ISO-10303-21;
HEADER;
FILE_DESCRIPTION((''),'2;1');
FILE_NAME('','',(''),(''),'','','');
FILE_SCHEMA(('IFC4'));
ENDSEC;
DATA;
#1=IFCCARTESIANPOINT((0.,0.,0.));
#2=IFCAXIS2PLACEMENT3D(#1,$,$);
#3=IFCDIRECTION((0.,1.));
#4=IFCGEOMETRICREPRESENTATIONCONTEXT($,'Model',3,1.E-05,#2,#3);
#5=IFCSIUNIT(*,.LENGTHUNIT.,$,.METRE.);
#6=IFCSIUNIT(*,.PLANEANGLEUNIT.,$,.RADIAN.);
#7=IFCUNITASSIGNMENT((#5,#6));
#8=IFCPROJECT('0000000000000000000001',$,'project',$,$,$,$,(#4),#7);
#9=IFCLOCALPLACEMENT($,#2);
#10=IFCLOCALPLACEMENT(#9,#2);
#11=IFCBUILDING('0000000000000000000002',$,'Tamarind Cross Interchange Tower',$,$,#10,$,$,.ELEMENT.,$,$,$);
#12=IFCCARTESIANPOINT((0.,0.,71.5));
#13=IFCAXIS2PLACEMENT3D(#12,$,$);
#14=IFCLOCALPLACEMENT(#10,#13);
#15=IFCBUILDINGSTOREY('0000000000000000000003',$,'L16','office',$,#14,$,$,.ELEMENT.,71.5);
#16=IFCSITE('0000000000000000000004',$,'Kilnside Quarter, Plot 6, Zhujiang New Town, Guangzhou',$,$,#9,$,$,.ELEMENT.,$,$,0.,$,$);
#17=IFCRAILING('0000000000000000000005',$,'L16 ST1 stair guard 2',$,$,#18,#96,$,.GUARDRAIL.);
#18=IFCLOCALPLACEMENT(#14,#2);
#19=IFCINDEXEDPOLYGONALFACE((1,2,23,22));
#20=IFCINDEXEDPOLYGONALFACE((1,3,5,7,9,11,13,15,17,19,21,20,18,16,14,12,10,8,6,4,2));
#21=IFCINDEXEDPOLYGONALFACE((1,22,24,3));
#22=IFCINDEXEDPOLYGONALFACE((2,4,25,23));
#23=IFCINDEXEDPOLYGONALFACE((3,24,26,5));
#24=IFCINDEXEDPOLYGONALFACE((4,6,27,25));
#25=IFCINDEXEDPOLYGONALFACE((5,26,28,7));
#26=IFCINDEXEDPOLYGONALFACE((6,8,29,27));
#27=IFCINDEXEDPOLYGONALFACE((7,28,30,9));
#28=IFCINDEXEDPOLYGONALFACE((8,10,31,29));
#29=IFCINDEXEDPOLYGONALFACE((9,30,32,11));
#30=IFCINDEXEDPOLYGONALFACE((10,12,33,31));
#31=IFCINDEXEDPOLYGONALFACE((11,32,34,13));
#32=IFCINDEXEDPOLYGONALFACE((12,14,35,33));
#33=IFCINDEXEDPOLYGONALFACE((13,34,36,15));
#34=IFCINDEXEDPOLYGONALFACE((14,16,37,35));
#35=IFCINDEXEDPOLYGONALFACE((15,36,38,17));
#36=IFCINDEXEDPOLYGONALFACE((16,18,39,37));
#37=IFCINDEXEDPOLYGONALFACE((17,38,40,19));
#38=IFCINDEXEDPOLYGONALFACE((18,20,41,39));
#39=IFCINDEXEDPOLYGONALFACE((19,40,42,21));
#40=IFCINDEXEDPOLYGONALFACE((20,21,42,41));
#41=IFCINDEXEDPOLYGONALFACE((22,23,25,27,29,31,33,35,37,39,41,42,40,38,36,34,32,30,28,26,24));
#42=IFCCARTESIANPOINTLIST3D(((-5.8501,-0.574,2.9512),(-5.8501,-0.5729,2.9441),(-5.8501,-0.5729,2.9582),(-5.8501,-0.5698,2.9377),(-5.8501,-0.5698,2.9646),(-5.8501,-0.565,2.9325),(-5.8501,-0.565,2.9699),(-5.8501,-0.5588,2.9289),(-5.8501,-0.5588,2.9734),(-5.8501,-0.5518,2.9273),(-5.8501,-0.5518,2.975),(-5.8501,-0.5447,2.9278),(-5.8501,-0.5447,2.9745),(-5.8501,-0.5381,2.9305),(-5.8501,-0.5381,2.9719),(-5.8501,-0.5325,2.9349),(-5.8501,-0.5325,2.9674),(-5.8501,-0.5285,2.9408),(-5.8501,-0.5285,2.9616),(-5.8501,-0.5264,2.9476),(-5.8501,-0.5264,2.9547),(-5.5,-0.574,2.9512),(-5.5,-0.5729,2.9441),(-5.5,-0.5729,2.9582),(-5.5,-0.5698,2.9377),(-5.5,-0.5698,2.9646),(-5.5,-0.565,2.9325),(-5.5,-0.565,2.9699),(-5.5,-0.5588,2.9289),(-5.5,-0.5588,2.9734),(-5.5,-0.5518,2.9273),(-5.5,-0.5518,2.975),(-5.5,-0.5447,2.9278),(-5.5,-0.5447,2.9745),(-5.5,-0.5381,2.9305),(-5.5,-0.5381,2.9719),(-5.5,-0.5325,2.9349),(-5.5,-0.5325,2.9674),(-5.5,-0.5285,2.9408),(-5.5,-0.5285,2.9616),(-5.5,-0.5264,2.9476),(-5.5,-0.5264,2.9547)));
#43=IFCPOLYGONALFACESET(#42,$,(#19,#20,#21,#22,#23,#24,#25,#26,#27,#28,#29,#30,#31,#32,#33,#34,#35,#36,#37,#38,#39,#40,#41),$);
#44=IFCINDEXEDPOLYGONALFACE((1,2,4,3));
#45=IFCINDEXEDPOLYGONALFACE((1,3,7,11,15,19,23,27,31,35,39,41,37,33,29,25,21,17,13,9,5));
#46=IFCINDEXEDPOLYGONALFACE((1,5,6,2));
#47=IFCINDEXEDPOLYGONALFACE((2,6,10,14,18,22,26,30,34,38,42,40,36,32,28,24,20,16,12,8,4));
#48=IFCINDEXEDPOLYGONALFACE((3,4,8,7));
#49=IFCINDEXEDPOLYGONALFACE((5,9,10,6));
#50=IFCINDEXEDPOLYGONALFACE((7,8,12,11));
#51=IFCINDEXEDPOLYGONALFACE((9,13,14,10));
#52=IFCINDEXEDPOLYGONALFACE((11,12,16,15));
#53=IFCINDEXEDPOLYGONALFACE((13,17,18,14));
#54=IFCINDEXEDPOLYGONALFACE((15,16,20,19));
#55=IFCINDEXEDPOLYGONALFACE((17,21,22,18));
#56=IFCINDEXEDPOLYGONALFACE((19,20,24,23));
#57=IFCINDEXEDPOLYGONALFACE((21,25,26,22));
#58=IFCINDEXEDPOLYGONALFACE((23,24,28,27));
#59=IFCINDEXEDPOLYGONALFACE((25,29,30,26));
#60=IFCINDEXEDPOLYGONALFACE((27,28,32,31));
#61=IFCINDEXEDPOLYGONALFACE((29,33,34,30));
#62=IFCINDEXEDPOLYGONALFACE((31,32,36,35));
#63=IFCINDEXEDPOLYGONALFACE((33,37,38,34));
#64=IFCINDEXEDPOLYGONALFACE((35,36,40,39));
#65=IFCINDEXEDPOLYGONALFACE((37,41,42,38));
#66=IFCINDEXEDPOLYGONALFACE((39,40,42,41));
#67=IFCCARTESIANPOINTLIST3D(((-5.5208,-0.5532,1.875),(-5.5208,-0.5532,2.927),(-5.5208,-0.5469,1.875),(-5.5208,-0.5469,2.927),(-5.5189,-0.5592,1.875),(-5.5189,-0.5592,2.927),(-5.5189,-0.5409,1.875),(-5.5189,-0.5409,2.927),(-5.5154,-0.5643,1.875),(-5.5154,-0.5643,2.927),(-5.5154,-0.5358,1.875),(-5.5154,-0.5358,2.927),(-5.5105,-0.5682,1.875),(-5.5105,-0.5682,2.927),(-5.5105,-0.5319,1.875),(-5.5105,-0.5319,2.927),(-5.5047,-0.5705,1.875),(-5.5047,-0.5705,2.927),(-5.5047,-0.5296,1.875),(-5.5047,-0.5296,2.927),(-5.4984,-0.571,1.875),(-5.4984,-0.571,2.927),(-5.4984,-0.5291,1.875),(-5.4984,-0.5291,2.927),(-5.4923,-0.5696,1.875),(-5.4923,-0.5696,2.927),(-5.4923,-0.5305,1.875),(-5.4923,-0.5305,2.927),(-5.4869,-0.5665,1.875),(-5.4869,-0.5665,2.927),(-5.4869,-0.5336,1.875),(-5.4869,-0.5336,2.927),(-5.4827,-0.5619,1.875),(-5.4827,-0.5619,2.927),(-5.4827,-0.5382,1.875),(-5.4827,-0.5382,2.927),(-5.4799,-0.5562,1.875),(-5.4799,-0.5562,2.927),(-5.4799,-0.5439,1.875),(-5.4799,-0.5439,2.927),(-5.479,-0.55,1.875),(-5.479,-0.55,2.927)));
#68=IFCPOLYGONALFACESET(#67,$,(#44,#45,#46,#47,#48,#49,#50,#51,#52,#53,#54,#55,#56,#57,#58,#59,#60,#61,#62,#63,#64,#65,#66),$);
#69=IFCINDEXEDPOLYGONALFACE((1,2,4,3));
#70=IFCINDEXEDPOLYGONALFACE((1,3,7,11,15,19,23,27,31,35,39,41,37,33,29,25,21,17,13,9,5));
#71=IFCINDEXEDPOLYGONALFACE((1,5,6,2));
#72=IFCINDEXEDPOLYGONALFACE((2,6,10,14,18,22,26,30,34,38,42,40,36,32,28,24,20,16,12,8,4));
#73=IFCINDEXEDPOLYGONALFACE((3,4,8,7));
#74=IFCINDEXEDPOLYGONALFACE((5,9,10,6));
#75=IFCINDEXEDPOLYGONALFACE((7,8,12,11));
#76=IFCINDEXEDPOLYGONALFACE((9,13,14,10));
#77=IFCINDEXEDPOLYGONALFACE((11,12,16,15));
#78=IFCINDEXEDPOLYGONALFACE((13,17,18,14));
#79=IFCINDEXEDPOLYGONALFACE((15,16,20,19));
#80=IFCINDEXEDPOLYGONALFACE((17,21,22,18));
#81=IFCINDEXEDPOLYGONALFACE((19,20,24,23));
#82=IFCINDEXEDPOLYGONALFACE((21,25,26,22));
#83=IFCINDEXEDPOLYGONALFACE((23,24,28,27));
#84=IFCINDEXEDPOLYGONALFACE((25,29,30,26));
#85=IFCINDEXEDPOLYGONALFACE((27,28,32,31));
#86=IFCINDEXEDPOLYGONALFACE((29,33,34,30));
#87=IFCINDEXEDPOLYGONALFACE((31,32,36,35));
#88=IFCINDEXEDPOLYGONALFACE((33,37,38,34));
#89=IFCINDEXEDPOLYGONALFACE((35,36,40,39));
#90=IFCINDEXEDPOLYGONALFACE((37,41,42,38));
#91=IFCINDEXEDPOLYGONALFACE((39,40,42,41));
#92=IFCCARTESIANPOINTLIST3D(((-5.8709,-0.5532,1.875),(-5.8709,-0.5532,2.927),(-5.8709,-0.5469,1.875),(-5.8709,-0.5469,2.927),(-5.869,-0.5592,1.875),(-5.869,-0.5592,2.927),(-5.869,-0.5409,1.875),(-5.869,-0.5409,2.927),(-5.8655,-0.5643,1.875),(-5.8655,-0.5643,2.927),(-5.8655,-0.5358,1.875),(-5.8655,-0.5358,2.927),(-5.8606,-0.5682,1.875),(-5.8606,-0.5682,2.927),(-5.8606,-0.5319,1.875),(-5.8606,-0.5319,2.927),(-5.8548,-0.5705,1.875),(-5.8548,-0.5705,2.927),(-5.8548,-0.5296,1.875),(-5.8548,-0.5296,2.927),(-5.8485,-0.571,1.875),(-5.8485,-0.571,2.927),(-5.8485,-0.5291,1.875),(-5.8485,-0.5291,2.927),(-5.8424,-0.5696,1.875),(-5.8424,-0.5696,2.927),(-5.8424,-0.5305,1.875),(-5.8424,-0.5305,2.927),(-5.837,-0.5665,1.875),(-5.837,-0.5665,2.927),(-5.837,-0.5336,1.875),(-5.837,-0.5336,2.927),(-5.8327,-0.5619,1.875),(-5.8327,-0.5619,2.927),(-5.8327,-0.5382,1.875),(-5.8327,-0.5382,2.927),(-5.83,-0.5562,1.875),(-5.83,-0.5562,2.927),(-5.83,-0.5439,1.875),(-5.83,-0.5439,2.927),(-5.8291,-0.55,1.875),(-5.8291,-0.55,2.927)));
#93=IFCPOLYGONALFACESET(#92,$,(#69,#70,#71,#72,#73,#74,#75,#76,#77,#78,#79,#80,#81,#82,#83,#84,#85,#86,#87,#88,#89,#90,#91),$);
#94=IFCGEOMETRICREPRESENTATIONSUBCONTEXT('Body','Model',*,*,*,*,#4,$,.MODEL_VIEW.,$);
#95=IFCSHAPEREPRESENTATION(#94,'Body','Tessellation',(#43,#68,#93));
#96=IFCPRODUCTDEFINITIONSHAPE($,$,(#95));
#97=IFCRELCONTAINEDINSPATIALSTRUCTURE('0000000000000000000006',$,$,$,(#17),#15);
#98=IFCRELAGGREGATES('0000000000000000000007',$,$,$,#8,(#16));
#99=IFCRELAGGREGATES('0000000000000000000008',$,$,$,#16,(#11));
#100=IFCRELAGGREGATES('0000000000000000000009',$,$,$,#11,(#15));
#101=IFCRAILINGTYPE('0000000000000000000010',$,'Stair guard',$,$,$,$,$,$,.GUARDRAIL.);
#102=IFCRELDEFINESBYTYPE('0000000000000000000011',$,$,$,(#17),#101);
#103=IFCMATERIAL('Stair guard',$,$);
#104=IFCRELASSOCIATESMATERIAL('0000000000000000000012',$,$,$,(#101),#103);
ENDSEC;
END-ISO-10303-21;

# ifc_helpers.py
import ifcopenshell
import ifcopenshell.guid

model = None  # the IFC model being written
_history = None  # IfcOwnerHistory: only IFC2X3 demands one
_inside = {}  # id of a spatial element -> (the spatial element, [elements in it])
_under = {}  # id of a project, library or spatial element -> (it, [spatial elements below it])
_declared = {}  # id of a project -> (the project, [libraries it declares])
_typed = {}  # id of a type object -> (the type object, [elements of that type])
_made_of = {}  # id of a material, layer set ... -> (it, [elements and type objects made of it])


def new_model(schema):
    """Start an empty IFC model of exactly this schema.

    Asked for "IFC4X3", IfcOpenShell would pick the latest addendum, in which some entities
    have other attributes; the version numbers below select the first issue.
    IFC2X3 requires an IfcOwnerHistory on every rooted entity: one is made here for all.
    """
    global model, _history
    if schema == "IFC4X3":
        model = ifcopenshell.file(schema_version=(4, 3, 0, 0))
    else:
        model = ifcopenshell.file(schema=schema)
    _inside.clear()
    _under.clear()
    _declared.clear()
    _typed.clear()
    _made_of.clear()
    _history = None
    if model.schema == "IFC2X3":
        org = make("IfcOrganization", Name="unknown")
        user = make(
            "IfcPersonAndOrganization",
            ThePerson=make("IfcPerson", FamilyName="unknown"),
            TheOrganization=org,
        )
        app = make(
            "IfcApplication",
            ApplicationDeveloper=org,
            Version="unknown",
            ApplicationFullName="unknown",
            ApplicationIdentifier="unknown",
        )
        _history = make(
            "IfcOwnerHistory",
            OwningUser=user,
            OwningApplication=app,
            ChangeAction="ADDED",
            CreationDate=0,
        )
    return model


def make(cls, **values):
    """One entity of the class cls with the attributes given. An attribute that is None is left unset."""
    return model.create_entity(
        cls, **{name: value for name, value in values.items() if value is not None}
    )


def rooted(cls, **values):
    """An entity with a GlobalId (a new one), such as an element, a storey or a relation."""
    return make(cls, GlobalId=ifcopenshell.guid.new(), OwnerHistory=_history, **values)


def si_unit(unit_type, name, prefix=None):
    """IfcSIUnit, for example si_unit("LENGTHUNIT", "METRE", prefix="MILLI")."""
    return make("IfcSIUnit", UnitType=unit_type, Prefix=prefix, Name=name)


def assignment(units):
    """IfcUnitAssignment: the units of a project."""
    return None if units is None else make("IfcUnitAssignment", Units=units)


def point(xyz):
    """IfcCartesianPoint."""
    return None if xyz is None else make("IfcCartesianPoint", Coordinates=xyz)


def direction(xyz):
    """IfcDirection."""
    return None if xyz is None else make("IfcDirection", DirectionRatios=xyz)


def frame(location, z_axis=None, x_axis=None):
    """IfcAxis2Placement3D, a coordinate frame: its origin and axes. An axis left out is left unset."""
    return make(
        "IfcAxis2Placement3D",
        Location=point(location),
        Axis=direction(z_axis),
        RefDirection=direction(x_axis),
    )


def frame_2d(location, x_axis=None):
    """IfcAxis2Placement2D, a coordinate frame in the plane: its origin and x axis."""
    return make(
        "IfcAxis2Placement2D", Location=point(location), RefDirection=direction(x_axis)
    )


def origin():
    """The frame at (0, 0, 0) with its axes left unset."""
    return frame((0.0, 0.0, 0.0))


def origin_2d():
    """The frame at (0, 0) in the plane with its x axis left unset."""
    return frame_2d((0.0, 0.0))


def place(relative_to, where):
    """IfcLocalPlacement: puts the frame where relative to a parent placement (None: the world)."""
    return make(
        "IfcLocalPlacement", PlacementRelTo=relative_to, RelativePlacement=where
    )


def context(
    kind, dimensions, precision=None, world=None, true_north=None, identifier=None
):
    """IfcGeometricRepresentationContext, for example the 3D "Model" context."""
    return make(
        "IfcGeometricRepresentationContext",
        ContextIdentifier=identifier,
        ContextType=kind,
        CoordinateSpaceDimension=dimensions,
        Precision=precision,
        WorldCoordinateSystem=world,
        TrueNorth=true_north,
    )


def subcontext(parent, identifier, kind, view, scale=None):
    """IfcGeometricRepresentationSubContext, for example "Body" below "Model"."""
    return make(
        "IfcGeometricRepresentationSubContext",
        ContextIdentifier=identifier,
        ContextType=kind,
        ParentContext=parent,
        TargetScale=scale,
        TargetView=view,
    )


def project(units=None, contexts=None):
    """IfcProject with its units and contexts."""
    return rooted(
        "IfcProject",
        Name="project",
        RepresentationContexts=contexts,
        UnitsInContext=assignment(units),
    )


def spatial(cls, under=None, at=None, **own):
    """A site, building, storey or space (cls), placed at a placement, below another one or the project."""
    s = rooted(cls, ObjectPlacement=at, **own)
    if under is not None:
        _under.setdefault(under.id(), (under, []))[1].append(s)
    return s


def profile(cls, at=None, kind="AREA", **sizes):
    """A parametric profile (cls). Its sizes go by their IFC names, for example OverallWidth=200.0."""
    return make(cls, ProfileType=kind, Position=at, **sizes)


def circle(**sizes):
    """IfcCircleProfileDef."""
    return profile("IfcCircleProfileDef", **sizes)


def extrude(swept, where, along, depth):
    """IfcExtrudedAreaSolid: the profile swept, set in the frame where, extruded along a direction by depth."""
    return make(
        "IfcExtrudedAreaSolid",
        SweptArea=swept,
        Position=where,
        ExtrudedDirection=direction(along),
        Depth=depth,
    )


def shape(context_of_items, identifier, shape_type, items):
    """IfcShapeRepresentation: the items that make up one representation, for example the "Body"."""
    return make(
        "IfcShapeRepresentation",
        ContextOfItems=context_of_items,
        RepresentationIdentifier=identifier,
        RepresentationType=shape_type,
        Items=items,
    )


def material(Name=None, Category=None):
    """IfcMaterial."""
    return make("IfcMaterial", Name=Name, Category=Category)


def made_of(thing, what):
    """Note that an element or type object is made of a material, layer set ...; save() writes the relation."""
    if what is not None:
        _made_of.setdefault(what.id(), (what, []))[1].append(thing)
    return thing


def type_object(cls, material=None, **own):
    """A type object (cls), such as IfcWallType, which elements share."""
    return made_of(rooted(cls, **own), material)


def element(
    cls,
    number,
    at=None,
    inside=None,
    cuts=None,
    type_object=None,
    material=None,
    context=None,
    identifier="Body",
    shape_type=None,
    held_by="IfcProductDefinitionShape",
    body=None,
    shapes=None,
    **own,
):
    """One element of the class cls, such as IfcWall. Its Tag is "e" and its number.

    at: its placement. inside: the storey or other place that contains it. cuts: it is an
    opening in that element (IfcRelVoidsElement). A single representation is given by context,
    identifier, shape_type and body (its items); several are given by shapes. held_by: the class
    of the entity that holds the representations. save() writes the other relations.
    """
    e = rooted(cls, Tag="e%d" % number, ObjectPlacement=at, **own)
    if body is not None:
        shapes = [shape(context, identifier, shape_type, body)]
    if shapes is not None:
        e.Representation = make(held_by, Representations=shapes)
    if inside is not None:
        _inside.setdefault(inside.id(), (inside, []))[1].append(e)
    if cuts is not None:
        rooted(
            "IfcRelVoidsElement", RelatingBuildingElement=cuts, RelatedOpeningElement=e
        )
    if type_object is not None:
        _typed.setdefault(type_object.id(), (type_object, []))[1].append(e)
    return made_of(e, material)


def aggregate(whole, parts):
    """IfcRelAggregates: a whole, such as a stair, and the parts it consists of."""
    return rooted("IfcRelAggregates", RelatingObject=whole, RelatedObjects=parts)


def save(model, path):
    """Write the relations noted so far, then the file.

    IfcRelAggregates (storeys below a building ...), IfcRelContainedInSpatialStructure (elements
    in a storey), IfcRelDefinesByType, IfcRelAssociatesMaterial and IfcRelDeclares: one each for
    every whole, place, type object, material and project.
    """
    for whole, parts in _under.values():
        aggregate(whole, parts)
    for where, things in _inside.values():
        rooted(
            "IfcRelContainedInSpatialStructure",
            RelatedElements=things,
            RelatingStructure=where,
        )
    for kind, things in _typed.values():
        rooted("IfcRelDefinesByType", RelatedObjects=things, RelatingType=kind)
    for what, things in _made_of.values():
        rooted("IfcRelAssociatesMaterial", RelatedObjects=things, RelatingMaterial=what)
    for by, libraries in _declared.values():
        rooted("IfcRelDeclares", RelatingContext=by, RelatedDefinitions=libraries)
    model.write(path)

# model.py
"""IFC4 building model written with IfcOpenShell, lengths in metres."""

from ifc_helpers import new_model, si_unit, direction, frame, origin, origin_2d, place, context, subcontext, project, spatial, circle, extrude, material, type_object, element, save


model = new_model("IFC4")

# Units and contexts
model_context = context("Model", 3, precision=1e-05, world=origin(), true_north=direction((0.0, 1.0)))
body_context = subcontext(model_context, "Body", "Model", "MODEL_VIEW")
ifc_project = project(units=[si_unit("LENGTHUNIT", "METRE"), si_unit("PLANEANGLEUNIT", "RADIAN")], contexts=[model_context])

# Site, building, storey
site_placement = place(None, origin())
site = spatial("IfcSite", under=ifc_project, at=site_placement, Name="Kilnside Quarter, Plot 6, Zhujiang New Town, Guangzhou", CompositionType="ELEMENT", RefElevation=0.0)
building_placement = place(site_placement, origin())
building = spatial("IfcBuilding", under=site, at=building_placement, Name="Tamarind Cross Interchange Tower", CompositionType="ELEMENT")
storey_placement = place(building_placement, frame((0.0, 0.0, 71.5)))
storey = spatial("IfcBuildingStorey", under=building, at=storey_placement, Name="L16", Description="office", CompositionType="ELEMENT", Elevation=71.5)

# Railing
ifc_material_1 = material(Name="Stair guard")
railing_type_1 = type_object("IfcRailingType", Name="Stair guard", PredefinedType="GUARDRAIL", material=ifc_material_1)
railing_1_placement = place(storey_placement, frame((-5.5, -0.55, 1.875)))
element("IfcRailing", 1, at=railing_1_placement, inside=storey, type_object=railing_type_1, Name="L16 ST1 stair guard 2", PredefinedType="GUARDRAIL", context=body_context, shape_type="SweptSolid", body=[
    extrude(circle(Radius=0.0239, at=origin_2d()), frame((0.0, 0.0, 1.0762), z_axis=(-1.0, 0.0, 0.0), x_axis=(0.0, -1.0, 0.0)), (0.0, 0.0, 1.0), 0.3501),
    extrude(circle(Radius=0.021, at=origin_2d()), origin(), (0.0, 0.0, 1.0), 1.052),
    extrude(circle(Radius=0.021, at=origin_2d()), frame((-0.3501, 0.0, 0.0)), (0.0, 0.0, 1.0), 1.052),
])

save(model, "model.ifc")
